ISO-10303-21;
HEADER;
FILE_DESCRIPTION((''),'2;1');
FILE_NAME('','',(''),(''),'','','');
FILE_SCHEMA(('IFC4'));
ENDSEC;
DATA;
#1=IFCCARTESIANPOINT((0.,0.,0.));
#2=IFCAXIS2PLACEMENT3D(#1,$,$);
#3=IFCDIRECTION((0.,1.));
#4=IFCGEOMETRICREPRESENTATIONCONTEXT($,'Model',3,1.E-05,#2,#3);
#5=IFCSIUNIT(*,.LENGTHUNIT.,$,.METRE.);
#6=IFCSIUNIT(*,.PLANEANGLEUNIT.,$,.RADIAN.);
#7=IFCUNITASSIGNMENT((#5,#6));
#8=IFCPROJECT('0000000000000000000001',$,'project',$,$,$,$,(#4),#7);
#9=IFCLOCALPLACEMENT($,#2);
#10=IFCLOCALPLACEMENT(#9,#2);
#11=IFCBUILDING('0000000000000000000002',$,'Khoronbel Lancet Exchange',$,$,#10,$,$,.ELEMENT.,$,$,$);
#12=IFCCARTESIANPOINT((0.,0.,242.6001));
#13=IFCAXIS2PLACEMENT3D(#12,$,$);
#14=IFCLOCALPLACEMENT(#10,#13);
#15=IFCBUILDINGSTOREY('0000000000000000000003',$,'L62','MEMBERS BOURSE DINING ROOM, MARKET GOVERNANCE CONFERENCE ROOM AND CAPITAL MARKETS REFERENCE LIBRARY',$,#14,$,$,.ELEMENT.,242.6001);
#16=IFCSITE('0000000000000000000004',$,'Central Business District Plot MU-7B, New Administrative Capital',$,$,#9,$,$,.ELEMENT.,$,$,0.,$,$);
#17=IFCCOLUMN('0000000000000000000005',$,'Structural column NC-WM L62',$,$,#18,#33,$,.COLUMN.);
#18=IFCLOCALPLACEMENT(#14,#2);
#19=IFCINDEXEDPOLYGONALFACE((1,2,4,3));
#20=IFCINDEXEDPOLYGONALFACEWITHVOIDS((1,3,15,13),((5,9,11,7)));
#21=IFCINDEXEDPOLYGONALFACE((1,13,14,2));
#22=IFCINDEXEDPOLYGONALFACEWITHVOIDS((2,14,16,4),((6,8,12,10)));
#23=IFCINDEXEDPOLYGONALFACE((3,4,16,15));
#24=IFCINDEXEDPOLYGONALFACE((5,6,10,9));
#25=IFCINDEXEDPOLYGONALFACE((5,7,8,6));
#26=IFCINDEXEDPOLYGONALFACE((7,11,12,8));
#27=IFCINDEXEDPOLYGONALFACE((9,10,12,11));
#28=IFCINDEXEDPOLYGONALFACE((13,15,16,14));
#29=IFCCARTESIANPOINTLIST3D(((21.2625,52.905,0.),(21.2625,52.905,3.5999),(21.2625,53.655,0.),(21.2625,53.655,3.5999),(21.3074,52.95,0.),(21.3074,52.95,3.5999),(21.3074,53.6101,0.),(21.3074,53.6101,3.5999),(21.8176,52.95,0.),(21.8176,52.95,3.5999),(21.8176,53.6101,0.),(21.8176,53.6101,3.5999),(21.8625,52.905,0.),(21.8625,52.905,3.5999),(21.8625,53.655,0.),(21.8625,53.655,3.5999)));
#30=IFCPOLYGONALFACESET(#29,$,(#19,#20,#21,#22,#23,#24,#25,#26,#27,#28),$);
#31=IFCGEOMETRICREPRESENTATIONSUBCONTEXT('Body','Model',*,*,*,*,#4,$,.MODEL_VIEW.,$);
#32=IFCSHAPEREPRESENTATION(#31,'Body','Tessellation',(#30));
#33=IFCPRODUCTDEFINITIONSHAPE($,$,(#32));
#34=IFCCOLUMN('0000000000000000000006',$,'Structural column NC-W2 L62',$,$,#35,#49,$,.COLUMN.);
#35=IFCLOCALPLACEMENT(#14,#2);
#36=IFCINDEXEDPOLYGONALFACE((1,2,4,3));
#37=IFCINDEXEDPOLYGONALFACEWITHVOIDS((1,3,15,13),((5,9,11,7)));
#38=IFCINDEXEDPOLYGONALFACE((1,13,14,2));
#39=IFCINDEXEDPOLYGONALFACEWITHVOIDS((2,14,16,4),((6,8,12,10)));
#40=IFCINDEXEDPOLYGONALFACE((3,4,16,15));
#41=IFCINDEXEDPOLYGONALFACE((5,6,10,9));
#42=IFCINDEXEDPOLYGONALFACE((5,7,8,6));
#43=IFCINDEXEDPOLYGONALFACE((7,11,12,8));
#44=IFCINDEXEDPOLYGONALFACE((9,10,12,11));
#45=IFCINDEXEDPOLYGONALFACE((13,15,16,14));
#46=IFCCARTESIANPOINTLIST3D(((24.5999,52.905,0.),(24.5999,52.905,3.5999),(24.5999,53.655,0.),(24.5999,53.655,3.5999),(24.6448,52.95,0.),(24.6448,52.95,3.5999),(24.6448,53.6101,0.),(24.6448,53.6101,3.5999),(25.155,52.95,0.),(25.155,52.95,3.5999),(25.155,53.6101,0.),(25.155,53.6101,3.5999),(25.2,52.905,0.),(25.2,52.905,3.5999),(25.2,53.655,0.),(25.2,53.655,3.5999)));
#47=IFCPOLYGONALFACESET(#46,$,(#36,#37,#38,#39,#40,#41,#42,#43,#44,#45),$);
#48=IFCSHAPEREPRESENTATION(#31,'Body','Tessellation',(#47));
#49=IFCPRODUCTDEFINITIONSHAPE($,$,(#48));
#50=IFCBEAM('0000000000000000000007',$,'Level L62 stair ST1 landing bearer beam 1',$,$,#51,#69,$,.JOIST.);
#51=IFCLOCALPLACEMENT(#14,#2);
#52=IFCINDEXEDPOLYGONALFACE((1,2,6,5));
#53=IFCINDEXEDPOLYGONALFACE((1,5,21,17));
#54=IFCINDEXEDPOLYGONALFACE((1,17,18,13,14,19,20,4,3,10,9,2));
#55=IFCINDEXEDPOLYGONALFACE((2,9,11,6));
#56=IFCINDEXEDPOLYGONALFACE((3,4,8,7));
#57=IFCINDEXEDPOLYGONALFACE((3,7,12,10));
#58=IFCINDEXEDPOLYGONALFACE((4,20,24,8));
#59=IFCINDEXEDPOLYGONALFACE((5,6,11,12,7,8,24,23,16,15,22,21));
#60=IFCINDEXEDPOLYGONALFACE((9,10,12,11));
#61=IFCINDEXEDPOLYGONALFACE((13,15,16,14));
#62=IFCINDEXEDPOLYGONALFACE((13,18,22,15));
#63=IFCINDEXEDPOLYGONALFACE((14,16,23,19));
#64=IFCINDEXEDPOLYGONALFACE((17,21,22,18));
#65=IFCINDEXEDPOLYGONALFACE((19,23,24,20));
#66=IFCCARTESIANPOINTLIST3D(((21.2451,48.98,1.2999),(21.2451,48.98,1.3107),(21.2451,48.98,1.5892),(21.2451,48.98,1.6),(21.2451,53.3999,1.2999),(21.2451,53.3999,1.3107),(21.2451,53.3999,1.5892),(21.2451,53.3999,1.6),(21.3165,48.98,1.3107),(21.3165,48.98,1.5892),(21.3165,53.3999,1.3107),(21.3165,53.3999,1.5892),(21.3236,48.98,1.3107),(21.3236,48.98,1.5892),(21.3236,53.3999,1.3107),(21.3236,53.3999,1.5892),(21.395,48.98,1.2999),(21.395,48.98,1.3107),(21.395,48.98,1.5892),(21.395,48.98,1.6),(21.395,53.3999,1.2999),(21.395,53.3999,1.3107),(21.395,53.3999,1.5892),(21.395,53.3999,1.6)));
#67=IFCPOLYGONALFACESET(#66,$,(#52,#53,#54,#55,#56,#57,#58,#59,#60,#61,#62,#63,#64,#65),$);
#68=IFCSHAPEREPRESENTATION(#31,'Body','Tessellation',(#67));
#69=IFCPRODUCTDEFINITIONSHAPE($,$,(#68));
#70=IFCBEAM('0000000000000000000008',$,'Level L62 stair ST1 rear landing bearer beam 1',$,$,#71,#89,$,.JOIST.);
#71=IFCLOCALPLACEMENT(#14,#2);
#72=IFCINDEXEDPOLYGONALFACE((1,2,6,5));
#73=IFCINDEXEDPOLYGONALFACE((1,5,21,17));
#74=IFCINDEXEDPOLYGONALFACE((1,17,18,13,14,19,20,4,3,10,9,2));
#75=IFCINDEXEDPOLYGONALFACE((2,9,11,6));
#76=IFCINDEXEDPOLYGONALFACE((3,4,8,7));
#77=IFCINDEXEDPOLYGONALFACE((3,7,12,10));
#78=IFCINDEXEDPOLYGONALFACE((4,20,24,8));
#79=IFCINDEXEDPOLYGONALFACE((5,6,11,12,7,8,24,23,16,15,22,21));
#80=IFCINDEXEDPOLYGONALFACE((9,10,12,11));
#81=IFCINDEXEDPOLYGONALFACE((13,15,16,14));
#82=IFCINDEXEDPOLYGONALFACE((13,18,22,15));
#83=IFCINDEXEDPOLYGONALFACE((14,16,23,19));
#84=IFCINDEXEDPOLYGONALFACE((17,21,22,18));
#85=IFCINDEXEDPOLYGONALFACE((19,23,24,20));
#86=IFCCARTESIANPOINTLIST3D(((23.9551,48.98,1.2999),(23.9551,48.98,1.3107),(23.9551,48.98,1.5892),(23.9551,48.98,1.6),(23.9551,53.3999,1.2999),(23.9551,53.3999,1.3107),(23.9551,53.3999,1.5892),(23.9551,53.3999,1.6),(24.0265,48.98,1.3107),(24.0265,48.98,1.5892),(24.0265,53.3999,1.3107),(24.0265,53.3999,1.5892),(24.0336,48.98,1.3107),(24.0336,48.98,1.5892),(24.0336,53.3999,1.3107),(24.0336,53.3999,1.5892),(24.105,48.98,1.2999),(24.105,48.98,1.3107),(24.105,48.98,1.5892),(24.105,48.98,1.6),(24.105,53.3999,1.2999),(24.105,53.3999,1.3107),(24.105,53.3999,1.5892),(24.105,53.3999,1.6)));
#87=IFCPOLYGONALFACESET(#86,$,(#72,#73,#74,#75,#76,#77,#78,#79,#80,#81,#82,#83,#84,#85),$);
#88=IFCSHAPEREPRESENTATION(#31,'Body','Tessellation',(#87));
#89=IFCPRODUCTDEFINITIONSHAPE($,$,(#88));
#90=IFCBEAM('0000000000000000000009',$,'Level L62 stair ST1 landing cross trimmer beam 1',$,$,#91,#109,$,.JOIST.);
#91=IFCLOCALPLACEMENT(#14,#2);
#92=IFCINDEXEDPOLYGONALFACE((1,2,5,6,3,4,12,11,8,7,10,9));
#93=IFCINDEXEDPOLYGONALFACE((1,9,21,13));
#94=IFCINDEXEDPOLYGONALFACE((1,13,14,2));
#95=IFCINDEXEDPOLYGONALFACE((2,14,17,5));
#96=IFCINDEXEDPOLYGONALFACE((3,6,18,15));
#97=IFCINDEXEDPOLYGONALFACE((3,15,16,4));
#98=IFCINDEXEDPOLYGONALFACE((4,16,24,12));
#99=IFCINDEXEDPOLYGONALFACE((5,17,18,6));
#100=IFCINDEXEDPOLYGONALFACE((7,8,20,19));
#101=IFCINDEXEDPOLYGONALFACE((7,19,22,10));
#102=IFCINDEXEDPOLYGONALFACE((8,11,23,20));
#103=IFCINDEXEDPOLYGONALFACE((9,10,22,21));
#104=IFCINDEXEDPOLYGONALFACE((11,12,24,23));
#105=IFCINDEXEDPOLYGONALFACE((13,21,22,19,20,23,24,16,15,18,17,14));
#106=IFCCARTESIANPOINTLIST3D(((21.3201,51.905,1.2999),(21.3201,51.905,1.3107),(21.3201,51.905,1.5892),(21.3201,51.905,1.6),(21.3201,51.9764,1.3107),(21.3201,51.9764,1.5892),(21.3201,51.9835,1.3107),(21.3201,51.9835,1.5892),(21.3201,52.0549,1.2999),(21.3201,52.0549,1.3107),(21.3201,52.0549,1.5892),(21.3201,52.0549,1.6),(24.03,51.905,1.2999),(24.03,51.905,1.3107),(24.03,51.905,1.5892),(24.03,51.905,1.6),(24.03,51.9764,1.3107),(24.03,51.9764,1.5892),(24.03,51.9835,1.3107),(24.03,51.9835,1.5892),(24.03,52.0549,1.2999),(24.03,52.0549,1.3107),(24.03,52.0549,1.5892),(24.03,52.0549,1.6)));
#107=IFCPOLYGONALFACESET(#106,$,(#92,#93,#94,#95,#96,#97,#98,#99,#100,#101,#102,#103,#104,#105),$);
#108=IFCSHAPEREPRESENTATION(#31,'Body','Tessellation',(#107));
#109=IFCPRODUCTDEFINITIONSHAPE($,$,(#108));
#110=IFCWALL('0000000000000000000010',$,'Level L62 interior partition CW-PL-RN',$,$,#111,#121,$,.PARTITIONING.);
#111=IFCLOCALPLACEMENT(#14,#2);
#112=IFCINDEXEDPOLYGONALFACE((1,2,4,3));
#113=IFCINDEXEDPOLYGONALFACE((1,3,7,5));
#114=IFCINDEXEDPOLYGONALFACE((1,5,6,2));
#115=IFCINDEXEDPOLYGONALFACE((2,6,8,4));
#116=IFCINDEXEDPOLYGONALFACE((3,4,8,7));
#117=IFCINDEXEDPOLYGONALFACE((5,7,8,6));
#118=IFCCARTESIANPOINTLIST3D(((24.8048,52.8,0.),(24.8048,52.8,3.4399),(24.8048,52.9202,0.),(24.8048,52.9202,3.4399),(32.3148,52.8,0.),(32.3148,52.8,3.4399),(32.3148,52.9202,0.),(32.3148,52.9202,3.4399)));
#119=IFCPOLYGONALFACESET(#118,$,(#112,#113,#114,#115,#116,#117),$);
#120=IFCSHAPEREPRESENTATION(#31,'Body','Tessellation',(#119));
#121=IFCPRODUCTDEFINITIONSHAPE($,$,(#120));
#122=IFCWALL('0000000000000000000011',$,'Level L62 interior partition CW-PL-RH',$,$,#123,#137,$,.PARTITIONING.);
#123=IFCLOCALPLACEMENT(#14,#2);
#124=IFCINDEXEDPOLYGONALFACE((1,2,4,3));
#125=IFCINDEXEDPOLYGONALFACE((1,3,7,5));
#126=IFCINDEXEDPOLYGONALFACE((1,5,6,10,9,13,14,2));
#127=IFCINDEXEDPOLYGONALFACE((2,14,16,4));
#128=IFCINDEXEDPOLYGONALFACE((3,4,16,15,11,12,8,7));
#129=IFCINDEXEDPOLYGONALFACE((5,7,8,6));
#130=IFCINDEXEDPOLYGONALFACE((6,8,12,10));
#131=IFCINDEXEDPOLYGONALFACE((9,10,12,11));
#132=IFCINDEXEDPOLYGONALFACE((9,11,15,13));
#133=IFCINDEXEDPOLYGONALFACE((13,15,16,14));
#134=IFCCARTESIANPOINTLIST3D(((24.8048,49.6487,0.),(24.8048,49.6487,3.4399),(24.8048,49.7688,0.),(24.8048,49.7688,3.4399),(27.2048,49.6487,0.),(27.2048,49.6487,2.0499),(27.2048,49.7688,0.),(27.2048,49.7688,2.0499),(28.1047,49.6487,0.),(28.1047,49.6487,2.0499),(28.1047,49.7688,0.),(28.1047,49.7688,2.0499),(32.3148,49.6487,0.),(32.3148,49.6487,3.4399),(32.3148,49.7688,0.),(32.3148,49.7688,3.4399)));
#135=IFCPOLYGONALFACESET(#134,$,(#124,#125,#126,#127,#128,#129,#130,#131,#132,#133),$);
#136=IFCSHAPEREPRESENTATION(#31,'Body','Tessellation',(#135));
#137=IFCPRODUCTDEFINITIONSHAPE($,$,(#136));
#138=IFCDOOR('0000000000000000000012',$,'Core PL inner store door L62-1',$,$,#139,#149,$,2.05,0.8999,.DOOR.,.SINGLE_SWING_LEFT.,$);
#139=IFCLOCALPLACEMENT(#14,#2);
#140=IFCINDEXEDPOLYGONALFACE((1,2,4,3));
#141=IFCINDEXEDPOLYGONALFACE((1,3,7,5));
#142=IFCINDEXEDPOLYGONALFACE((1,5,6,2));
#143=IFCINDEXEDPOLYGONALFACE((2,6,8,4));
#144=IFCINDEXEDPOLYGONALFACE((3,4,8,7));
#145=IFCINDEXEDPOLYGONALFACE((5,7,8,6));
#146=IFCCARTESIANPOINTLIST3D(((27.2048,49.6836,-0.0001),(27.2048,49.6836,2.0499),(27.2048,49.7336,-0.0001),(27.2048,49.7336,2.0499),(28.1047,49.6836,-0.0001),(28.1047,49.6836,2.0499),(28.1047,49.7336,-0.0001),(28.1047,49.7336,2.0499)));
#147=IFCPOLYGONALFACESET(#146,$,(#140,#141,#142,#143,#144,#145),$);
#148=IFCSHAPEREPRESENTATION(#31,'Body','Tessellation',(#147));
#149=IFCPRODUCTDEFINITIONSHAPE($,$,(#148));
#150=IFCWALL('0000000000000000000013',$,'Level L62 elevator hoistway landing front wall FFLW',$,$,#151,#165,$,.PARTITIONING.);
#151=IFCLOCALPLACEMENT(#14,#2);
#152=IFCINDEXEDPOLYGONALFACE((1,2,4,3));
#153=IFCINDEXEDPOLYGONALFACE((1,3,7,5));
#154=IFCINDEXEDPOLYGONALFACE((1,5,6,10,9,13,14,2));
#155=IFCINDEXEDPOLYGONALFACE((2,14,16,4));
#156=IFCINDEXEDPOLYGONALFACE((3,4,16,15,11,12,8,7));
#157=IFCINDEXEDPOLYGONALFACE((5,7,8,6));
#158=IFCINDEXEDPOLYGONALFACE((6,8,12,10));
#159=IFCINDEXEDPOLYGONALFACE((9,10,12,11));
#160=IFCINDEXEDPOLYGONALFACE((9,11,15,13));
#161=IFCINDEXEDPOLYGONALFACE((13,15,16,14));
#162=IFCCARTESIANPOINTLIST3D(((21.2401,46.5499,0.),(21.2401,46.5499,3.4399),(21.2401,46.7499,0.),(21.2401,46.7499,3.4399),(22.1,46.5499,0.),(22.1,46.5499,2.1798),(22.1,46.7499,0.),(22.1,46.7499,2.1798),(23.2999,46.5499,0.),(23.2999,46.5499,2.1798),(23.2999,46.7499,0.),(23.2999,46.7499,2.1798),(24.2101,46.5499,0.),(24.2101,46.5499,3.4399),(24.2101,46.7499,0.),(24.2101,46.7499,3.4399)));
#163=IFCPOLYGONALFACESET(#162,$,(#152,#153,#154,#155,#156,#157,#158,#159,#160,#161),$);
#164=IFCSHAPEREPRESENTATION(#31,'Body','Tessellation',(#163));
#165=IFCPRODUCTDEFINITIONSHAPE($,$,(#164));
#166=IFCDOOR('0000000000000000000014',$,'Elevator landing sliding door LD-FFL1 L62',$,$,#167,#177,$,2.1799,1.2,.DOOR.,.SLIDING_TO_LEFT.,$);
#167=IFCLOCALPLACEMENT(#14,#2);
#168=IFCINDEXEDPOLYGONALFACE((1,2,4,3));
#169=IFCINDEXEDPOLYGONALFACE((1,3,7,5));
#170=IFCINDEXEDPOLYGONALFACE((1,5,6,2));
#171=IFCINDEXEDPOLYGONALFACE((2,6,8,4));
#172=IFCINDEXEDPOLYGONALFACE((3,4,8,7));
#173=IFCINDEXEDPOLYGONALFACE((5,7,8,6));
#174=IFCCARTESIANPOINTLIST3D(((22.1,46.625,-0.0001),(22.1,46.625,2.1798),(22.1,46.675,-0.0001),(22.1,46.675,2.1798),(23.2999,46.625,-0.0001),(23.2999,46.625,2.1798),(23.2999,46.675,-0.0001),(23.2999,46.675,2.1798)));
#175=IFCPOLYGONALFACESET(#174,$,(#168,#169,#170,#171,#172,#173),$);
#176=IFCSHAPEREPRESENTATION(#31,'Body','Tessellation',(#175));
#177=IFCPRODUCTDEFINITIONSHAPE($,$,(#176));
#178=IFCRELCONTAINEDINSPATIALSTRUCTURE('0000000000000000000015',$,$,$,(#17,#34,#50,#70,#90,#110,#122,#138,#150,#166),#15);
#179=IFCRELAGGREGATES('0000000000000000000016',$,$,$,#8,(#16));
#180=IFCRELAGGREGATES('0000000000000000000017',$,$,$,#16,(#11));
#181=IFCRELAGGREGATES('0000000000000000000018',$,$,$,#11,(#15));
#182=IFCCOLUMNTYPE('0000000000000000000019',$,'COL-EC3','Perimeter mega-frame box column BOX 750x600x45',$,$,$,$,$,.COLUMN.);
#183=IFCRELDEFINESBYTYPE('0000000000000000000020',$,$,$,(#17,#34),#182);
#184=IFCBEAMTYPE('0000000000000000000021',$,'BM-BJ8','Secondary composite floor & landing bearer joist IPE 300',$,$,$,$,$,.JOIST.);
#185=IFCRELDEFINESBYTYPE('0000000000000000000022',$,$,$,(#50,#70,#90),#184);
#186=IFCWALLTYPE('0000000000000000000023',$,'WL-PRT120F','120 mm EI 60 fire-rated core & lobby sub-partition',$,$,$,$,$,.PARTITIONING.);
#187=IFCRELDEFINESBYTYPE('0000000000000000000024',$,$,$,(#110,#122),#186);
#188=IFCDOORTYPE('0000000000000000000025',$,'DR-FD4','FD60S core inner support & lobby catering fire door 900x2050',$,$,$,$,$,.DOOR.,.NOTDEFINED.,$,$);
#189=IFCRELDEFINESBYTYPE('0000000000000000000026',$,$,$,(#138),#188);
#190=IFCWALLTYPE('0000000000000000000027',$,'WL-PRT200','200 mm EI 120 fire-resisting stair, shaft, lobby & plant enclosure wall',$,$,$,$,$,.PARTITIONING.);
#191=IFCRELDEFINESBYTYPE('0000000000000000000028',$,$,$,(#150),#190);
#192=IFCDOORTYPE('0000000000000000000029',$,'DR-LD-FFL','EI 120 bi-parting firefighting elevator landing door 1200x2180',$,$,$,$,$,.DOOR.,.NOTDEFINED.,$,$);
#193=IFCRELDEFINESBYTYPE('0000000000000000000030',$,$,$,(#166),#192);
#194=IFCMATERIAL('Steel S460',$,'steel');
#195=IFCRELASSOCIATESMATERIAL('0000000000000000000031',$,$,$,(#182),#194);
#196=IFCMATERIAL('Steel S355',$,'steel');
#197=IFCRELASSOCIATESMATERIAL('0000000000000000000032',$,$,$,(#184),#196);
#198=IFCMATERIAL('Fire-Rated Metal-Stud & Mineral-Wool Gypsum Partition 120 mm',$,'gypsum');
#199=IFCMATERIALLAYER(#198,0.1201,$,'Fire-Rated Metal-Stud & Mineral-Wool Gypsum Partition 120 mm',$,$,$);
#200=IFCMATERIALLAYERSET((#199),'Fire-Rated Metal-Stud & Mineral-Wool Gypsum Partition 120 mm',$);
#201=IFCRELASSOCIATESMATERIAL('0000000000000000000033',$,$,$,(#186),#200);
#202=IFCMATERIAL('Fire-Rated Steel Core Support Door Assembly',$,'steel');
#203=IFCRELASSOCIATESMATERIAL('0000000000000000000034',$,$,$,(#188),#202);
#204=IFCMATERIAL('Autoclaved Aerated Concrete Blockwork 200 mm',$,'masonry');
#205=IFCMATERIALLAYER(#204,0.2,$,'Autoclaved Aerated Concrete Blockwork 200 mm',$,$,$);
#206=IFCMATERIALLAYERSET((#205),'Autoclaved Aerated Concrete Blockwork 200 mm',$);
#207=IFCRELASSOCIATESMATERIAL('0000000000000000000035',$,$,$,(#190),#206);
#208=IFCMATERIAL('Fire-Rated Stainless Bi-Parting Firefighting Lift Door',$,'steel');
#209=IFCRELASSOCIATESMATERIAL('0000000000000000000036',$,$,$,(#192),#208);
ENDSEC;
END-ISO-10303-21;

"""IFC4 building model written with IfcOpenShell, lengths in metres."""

from ifc_helpers import new_model, si_unit, direction, frame, frame_2d, origin, origin_2d, place, context, subcontext, project, spatial, rectangle, hollow_rectangle, i_section, extrude, material, layer, layer_set, material_profile, profile_set, type_object, element, fill, save


model = new_model("IFC4")

# Units and contexts
model_context = context("Model", 3, precision=1e-05, world=origin(), true_north=direction((0.0, 1.0)))
body_context = subcontext(model_context, "Body", "Model", "MODEL_VIEW")
ifc_project = project(units=[si_unit("LENGTHUNIT", "METRE"), si_unit("PLANEANGLEUNIT", "RADIAN")], contexts=[model_context])

# Site, building, storey
site_placement = place(None, origin())
site = spatial("IfcSite", under=ifc_project, at=site_placement, Name="Central Business District Plot MU-7B, New Administrative Capital", CompositionType="ELEMENT", RefElevation=0.0)
building_placement = place(site_placement, origin())
building = spatial("IfcBuilding", under=site, at=building_placement, Name="Khoronbel Lancet Exchange", CompositionType="ELEMENT")
storey_placement = place(building_placement, frame((0.0, 0.0, 242.6001)))
storey = spatial("IfcBuildingStorey", under=building, at=storey_placement, Name="L62", Description="MEMBERS BOURSE DINING ROOM, MARKET GOVERNANCE CONFERENCE ROOM AND CAPITAL MARKETS REFERENCE LIBRARY", CompositionType="ELEMENT", Elevation=242.6001)

# Columns
ifc_material_1 = material(Name="Steel S460", Category="steel")
ifc_material_profile_1 = material_profile(ifc_material_1, hollow_rectangle(XDim=0.6001, YDim=0.75, WallThickness=0.0449, at=origin_2d()), Name="BOX 750x600x45")
ifc_profile_set_1 = profile_set([ifc_material_profile_1], Name="Steel S460")
column_type = type_object("IfcColumnType", Name="COL-EC3", Description="Perimeter mega-frame box column BOX 750x600x45", PredefinedType="COLUMN", material=ifc_profile_set_1)
for number, where, z_axis, x_axis, name in (
    (1, (21.5625, 53.28, 0.0), (0.0, 0.0, 1.0), (1.0, 0.0, 0.0), "Structural column NC-WM L62"),
    (2, (24.8999, 53.28, 0.0), (0.0, 0.0, 1.0), (1.0, 0.0, 0.0), "Structural column NC-W2 L62"),
):
    element("IfcColumn", number, at=place(storey_placement, frame(where, z_axis=z_axis, x_axis=x_axis)), inside=storey, type_object=column_type, Name=name, PredefinedType="COLUMN", context=body_context, shape_type="SweptSolid", body=[
        extrude(hollow_rectangle(XDim=0.6001, YDim=0.75, WallThickness=0.0449, at=origin_2d()), origin(), (0.0, 0.0, 1.0), 3.5999),
    ])

# Beams
ifc_material_2 = material(Name="Steel S355", Category="steel")
ifc_material_profile_2 = material_profile(ifc_material_2, i_section(OverallWidth=0.1499, OverallDepth=0.3, WebThickness=0.0071, FlangeThickness=0.0107, at=origin_2d()), Name="IPE 300")
ifc_profile_set_2 = profile_set([ifc_material_profile_2], Name="Steel S355")
beam_type = type_object("IfcBeamType", Name="BM-BJ8", Description="Secondary composite floor & landing bearer joist IPE 300", PredefinedType="JOIST", material=ifc_profile_set_2)
for number, where, z_axis, x_axis, name in (
    (3, (21.3201, 48.98, 1.45), (0.0, 1.0, 0.0), (-1.0, 0.0, 0.0), "Level L62 stair ST1 landing bearer beam 1"),
    (4, (24.03, 48.98, 1.45), (0.0, 1.0, 0.0), (-1.0, 0.0, 0.0), "Level L62 stair ST1 rear landing bearer beam 1"),
):
    element("IfcBeam", number, at=place(storey_placement, frame(where, z_axis=z_axis, x_axis=x_axis)), inside=storey, type_object=beam_type, Name=name, PredefinedType="JOIST", context=body_context, shape_type="SweptSolid", body=[
        extrude(i_section(OverallWidth=0.1499, OverallDepth=0.3, WebThickness=0.0071, FlangeThickness=0.0107, at=origin_2d()), origin(), (0.0, 0.0, 1.0), 4.4199),
    ])
beam_placement = place(storey_placement, frame((21.3201, 51.98, 1.45), z_axis=(1.0, 0.0, 0.0), x_axis=(0.0, 1.0, 0.0)))
element("IfcBeam", 5, at=beam_placement, inside=storey, type_object=beam_type, Name="Level L62 stair ST1 landing cross trimmer beam 1", PredefinedType="JOIST", context=body_context, shape_type="SweptSolid", body=[
    extrude(i_section(OverallWidth=0.1499, OverallDepth=0.3, WebThickness=0.0071, FlangeThickness=0.0107, at=origin_2d()), origin(), (0.0, 0.0, 1.0), 2.71),
])

# Wall
ifc_material_3 = material(Name="Fire-Rated Metal-Stud & Mineral-Wool Gypsum Partition 120 mm", Category="gypsum")
ifc_layer_1 = layer(ifc_material_3, 0.1201, Name="Fire-Rated Metal-Stud & Mineral-Wool Gypsum Partition 120 mm")
ifc_layer_set_1 = layer_set([ifc_layer_1], Name="Fire-Rated Metal-Stud & Mineral-Wool Gypsum Partition 120 mm")
wall_type_1 = type_object("IfcWallType", Name="WL-PRT120F", Description="120 mm EI 60 fire-rated core & lobby sub-partition", PredefinedType="PARTITIONING", material=ifc_layer_set_1)
wall_1_placement = place(storey_placement, frame((24.8049, 52.8601, 0.0), z_axis=(0.0, 0.0, 1.0), x_axis=(1.0, 0.0, 0.0)))
element("IfcWall", 6, at=wall_1_placement, inside=storey, type_object=wall_type_1, Name="Level L62 interior partition CW-PL-RN", PredefinedType="PARTITIONING", context=body_context, shape_type="SweptSolid", body=[
    extrude(rectangle(XDim=7.51, YDim=0.1201, at=frame_2d((3.7549, 0.0))), origin(), (0.0, 0.0, 1.0), 3.4399),
])

# Walls, openings, doors
wall_2_placement = place(storey_placement, frame((24.8049, 49.7087, 0.0), z_axis=(0.0, 0.0, 1.0), x_axis=(1.0, 0.0, 0.0)))
wall_2 = element("IfcWall", 7, at=wall_2_placement, inside=storey, type_object=wall_type_1, Name="Level L62 interior partition CW-PL-RH", PredefinedType="PARTITIONING", context=body_context, shape_type="SweptSolid", body=[
    extrude(rectangle(XDim=7.51, YDim=0.1201, at=frame_2d((3.7549, 0.0))), origin(), (0.0, 0.0, 1.0), 3.4399),
])
opening_1_placement = place(wall_2_placement, frame((2.3999, 0.0, 0.0)))
opening_1 = element("IfcOpeningElement", 8, at=opening_1_placement, cuts=wall_2, PredefinedType="OPENING", context=body_context, shape_type="SweptSolid", body=[
    extrude(rectangle(XDim=0.8999, YDim=2.05, at=frame_2d((0.45, 1.0249))), frame((0.0, 0.0701, 0.0), z_axis=(0.0, -1.0, 0.0), x_axis=(1.0, 0.0, 0.0)), (0.0, 0.0, 1.0), 0.1401),
])
ifc_material_4 = material(Name="Fire-Rated Steel Core Support Door Assembly", Category="steel")
door_type_1 = type_object("IfcDoorType", Name="DR-FD4", Description="FD60S core inner support & lobby catering fire door 900x2050", OperationType="NOTDEFINED", PredefinedType="DOOR", material=ifc_material_4)
door_1_placement = place(opening_1_placement, origin())
door_1 = element("IfcDoor", 9, at=door_1_placement, inside=storey, type_object=door_type_1, Name="Core PL inner store door L62-1", OperationType="SINGLE_SWING_LEFT", OverallHeight=2.05, OverallWidth=0.8999, PredefinedType="DOOR", context=body_context, shape_type="SweptSolid", body=[
    extrude(rectangle(XDim=0.8999, YDim=2.05, at=frame_2d((0.45, 1.0249))), frame((0.0, 0.0249, 0.0), z_axis=(0.0, -1.0, 0.0), x_axis=(1.0, 0.0, 0.0)), (0.0, 0.0, 1.0), 0.05),
])
fill(opening_1, door_1)
ifc_material_5 = material(Name="Autoclaved Aerated Concrete Blockwork 200 mm", Category="masonry")
ifc_layer_2 = layer(ifc_material_5, 0.2, Name="Autoclaved Aerated Concrete Blockwork 200 mm")
ifc_layer_set_2 = layer_set([ifc_layer_2], Name="Autoclaved Aerated Concrete Blockwork 200 mm")
wall_type_2 = type_object("IfcWallType", Name="WL-PRT200", Description="200 mm EI 120 fire-resisting stair, shaft, lobby & plant enclosure wall", PredefinedType="PARTITIONING", material=ifc_layer_set_2)
wall_3_placement = place(storey_placement, frame((24.21, 46.6499, 0.0), z_axis=(0.0, 0.0, 1.0), x_axis=(-1.0, 0.0, 0.0)))
wall_3 = element("IfcWall", 10, at=wall_3_placement, inside=storey, type_object=wall_type_2, Name="Level L62 elevator hoistway landing front wall FFLW", PredefinedType="PARTITIONING", context=body_context, shape_type="SweptSolid", body=[
    extrude(rectangle(XDim=2.97, YDim=0.2, at=frame_2d((1.4849, 0.0))), origin(), (0.0, 0.0, 1.0), 3.4399),
])
opening_2_placement = place(wall_3_placement, frame((0.9099, 0.0, 0.0)))
opening_2 = element("IfcOpeningElement", 11, at=opening_2_placement, cuts=wall_3, PredefinedType="OPENING", context=body_context, shape_type="SweptSolid", body=[
    extrude(rectangle(XDim=1.2, YDim=2.1799, at=frame_2d((0.6001, 1.0898))), frame((0.0, 0.1099, 0.0), z_axis=(0.0, -1.0, 0.0), x_axis=(1.0, 0.0, 0.0)), (0.0, 0.0, 1.0), 0.22),
])
ifc_material_6 = material(Name="Fire-Rated Stainless Bi-Parting Firefighting Lift Door", Category="steel")
door_type_2 = type_object("IfcDoorType", Name="DR-LD-FFL", Description="EI 120 bi-parting firefighting elevator landing door 1200x2180", OperationType="NOTDEFINED", PredefinedType="DOOR", material=ifc_material_6)
door_2_placement = place(opening_2_placement, origin())
door_2 = element("IfcDoor", 12, at=door_2_placement, inside=storey, type_object=door_type_2, Name="Elevator landing sliding door LD-FFL1 L62", OperationType="SLIDING_TO_LEFT", OverallHeight=2.1799, OverallWidth=1.2, PredefinedType="DOOR", context=body_context, shape_type="SweptSolid", body=[
    extrude(rectangle(XDim=1.2, YDim=2.1799, at=frame_2d((0.6001, 1.0898))), frame((0.0, 0.0249, 0.0), z_axis=(0.0, -1.0, 0.0), x_axis=(1.0, 0.0, 0.0)), (0.0, 0.0, 1.0), 0.05),
])
fill(opening_2, door_2)

save(model, "model.ifc")
